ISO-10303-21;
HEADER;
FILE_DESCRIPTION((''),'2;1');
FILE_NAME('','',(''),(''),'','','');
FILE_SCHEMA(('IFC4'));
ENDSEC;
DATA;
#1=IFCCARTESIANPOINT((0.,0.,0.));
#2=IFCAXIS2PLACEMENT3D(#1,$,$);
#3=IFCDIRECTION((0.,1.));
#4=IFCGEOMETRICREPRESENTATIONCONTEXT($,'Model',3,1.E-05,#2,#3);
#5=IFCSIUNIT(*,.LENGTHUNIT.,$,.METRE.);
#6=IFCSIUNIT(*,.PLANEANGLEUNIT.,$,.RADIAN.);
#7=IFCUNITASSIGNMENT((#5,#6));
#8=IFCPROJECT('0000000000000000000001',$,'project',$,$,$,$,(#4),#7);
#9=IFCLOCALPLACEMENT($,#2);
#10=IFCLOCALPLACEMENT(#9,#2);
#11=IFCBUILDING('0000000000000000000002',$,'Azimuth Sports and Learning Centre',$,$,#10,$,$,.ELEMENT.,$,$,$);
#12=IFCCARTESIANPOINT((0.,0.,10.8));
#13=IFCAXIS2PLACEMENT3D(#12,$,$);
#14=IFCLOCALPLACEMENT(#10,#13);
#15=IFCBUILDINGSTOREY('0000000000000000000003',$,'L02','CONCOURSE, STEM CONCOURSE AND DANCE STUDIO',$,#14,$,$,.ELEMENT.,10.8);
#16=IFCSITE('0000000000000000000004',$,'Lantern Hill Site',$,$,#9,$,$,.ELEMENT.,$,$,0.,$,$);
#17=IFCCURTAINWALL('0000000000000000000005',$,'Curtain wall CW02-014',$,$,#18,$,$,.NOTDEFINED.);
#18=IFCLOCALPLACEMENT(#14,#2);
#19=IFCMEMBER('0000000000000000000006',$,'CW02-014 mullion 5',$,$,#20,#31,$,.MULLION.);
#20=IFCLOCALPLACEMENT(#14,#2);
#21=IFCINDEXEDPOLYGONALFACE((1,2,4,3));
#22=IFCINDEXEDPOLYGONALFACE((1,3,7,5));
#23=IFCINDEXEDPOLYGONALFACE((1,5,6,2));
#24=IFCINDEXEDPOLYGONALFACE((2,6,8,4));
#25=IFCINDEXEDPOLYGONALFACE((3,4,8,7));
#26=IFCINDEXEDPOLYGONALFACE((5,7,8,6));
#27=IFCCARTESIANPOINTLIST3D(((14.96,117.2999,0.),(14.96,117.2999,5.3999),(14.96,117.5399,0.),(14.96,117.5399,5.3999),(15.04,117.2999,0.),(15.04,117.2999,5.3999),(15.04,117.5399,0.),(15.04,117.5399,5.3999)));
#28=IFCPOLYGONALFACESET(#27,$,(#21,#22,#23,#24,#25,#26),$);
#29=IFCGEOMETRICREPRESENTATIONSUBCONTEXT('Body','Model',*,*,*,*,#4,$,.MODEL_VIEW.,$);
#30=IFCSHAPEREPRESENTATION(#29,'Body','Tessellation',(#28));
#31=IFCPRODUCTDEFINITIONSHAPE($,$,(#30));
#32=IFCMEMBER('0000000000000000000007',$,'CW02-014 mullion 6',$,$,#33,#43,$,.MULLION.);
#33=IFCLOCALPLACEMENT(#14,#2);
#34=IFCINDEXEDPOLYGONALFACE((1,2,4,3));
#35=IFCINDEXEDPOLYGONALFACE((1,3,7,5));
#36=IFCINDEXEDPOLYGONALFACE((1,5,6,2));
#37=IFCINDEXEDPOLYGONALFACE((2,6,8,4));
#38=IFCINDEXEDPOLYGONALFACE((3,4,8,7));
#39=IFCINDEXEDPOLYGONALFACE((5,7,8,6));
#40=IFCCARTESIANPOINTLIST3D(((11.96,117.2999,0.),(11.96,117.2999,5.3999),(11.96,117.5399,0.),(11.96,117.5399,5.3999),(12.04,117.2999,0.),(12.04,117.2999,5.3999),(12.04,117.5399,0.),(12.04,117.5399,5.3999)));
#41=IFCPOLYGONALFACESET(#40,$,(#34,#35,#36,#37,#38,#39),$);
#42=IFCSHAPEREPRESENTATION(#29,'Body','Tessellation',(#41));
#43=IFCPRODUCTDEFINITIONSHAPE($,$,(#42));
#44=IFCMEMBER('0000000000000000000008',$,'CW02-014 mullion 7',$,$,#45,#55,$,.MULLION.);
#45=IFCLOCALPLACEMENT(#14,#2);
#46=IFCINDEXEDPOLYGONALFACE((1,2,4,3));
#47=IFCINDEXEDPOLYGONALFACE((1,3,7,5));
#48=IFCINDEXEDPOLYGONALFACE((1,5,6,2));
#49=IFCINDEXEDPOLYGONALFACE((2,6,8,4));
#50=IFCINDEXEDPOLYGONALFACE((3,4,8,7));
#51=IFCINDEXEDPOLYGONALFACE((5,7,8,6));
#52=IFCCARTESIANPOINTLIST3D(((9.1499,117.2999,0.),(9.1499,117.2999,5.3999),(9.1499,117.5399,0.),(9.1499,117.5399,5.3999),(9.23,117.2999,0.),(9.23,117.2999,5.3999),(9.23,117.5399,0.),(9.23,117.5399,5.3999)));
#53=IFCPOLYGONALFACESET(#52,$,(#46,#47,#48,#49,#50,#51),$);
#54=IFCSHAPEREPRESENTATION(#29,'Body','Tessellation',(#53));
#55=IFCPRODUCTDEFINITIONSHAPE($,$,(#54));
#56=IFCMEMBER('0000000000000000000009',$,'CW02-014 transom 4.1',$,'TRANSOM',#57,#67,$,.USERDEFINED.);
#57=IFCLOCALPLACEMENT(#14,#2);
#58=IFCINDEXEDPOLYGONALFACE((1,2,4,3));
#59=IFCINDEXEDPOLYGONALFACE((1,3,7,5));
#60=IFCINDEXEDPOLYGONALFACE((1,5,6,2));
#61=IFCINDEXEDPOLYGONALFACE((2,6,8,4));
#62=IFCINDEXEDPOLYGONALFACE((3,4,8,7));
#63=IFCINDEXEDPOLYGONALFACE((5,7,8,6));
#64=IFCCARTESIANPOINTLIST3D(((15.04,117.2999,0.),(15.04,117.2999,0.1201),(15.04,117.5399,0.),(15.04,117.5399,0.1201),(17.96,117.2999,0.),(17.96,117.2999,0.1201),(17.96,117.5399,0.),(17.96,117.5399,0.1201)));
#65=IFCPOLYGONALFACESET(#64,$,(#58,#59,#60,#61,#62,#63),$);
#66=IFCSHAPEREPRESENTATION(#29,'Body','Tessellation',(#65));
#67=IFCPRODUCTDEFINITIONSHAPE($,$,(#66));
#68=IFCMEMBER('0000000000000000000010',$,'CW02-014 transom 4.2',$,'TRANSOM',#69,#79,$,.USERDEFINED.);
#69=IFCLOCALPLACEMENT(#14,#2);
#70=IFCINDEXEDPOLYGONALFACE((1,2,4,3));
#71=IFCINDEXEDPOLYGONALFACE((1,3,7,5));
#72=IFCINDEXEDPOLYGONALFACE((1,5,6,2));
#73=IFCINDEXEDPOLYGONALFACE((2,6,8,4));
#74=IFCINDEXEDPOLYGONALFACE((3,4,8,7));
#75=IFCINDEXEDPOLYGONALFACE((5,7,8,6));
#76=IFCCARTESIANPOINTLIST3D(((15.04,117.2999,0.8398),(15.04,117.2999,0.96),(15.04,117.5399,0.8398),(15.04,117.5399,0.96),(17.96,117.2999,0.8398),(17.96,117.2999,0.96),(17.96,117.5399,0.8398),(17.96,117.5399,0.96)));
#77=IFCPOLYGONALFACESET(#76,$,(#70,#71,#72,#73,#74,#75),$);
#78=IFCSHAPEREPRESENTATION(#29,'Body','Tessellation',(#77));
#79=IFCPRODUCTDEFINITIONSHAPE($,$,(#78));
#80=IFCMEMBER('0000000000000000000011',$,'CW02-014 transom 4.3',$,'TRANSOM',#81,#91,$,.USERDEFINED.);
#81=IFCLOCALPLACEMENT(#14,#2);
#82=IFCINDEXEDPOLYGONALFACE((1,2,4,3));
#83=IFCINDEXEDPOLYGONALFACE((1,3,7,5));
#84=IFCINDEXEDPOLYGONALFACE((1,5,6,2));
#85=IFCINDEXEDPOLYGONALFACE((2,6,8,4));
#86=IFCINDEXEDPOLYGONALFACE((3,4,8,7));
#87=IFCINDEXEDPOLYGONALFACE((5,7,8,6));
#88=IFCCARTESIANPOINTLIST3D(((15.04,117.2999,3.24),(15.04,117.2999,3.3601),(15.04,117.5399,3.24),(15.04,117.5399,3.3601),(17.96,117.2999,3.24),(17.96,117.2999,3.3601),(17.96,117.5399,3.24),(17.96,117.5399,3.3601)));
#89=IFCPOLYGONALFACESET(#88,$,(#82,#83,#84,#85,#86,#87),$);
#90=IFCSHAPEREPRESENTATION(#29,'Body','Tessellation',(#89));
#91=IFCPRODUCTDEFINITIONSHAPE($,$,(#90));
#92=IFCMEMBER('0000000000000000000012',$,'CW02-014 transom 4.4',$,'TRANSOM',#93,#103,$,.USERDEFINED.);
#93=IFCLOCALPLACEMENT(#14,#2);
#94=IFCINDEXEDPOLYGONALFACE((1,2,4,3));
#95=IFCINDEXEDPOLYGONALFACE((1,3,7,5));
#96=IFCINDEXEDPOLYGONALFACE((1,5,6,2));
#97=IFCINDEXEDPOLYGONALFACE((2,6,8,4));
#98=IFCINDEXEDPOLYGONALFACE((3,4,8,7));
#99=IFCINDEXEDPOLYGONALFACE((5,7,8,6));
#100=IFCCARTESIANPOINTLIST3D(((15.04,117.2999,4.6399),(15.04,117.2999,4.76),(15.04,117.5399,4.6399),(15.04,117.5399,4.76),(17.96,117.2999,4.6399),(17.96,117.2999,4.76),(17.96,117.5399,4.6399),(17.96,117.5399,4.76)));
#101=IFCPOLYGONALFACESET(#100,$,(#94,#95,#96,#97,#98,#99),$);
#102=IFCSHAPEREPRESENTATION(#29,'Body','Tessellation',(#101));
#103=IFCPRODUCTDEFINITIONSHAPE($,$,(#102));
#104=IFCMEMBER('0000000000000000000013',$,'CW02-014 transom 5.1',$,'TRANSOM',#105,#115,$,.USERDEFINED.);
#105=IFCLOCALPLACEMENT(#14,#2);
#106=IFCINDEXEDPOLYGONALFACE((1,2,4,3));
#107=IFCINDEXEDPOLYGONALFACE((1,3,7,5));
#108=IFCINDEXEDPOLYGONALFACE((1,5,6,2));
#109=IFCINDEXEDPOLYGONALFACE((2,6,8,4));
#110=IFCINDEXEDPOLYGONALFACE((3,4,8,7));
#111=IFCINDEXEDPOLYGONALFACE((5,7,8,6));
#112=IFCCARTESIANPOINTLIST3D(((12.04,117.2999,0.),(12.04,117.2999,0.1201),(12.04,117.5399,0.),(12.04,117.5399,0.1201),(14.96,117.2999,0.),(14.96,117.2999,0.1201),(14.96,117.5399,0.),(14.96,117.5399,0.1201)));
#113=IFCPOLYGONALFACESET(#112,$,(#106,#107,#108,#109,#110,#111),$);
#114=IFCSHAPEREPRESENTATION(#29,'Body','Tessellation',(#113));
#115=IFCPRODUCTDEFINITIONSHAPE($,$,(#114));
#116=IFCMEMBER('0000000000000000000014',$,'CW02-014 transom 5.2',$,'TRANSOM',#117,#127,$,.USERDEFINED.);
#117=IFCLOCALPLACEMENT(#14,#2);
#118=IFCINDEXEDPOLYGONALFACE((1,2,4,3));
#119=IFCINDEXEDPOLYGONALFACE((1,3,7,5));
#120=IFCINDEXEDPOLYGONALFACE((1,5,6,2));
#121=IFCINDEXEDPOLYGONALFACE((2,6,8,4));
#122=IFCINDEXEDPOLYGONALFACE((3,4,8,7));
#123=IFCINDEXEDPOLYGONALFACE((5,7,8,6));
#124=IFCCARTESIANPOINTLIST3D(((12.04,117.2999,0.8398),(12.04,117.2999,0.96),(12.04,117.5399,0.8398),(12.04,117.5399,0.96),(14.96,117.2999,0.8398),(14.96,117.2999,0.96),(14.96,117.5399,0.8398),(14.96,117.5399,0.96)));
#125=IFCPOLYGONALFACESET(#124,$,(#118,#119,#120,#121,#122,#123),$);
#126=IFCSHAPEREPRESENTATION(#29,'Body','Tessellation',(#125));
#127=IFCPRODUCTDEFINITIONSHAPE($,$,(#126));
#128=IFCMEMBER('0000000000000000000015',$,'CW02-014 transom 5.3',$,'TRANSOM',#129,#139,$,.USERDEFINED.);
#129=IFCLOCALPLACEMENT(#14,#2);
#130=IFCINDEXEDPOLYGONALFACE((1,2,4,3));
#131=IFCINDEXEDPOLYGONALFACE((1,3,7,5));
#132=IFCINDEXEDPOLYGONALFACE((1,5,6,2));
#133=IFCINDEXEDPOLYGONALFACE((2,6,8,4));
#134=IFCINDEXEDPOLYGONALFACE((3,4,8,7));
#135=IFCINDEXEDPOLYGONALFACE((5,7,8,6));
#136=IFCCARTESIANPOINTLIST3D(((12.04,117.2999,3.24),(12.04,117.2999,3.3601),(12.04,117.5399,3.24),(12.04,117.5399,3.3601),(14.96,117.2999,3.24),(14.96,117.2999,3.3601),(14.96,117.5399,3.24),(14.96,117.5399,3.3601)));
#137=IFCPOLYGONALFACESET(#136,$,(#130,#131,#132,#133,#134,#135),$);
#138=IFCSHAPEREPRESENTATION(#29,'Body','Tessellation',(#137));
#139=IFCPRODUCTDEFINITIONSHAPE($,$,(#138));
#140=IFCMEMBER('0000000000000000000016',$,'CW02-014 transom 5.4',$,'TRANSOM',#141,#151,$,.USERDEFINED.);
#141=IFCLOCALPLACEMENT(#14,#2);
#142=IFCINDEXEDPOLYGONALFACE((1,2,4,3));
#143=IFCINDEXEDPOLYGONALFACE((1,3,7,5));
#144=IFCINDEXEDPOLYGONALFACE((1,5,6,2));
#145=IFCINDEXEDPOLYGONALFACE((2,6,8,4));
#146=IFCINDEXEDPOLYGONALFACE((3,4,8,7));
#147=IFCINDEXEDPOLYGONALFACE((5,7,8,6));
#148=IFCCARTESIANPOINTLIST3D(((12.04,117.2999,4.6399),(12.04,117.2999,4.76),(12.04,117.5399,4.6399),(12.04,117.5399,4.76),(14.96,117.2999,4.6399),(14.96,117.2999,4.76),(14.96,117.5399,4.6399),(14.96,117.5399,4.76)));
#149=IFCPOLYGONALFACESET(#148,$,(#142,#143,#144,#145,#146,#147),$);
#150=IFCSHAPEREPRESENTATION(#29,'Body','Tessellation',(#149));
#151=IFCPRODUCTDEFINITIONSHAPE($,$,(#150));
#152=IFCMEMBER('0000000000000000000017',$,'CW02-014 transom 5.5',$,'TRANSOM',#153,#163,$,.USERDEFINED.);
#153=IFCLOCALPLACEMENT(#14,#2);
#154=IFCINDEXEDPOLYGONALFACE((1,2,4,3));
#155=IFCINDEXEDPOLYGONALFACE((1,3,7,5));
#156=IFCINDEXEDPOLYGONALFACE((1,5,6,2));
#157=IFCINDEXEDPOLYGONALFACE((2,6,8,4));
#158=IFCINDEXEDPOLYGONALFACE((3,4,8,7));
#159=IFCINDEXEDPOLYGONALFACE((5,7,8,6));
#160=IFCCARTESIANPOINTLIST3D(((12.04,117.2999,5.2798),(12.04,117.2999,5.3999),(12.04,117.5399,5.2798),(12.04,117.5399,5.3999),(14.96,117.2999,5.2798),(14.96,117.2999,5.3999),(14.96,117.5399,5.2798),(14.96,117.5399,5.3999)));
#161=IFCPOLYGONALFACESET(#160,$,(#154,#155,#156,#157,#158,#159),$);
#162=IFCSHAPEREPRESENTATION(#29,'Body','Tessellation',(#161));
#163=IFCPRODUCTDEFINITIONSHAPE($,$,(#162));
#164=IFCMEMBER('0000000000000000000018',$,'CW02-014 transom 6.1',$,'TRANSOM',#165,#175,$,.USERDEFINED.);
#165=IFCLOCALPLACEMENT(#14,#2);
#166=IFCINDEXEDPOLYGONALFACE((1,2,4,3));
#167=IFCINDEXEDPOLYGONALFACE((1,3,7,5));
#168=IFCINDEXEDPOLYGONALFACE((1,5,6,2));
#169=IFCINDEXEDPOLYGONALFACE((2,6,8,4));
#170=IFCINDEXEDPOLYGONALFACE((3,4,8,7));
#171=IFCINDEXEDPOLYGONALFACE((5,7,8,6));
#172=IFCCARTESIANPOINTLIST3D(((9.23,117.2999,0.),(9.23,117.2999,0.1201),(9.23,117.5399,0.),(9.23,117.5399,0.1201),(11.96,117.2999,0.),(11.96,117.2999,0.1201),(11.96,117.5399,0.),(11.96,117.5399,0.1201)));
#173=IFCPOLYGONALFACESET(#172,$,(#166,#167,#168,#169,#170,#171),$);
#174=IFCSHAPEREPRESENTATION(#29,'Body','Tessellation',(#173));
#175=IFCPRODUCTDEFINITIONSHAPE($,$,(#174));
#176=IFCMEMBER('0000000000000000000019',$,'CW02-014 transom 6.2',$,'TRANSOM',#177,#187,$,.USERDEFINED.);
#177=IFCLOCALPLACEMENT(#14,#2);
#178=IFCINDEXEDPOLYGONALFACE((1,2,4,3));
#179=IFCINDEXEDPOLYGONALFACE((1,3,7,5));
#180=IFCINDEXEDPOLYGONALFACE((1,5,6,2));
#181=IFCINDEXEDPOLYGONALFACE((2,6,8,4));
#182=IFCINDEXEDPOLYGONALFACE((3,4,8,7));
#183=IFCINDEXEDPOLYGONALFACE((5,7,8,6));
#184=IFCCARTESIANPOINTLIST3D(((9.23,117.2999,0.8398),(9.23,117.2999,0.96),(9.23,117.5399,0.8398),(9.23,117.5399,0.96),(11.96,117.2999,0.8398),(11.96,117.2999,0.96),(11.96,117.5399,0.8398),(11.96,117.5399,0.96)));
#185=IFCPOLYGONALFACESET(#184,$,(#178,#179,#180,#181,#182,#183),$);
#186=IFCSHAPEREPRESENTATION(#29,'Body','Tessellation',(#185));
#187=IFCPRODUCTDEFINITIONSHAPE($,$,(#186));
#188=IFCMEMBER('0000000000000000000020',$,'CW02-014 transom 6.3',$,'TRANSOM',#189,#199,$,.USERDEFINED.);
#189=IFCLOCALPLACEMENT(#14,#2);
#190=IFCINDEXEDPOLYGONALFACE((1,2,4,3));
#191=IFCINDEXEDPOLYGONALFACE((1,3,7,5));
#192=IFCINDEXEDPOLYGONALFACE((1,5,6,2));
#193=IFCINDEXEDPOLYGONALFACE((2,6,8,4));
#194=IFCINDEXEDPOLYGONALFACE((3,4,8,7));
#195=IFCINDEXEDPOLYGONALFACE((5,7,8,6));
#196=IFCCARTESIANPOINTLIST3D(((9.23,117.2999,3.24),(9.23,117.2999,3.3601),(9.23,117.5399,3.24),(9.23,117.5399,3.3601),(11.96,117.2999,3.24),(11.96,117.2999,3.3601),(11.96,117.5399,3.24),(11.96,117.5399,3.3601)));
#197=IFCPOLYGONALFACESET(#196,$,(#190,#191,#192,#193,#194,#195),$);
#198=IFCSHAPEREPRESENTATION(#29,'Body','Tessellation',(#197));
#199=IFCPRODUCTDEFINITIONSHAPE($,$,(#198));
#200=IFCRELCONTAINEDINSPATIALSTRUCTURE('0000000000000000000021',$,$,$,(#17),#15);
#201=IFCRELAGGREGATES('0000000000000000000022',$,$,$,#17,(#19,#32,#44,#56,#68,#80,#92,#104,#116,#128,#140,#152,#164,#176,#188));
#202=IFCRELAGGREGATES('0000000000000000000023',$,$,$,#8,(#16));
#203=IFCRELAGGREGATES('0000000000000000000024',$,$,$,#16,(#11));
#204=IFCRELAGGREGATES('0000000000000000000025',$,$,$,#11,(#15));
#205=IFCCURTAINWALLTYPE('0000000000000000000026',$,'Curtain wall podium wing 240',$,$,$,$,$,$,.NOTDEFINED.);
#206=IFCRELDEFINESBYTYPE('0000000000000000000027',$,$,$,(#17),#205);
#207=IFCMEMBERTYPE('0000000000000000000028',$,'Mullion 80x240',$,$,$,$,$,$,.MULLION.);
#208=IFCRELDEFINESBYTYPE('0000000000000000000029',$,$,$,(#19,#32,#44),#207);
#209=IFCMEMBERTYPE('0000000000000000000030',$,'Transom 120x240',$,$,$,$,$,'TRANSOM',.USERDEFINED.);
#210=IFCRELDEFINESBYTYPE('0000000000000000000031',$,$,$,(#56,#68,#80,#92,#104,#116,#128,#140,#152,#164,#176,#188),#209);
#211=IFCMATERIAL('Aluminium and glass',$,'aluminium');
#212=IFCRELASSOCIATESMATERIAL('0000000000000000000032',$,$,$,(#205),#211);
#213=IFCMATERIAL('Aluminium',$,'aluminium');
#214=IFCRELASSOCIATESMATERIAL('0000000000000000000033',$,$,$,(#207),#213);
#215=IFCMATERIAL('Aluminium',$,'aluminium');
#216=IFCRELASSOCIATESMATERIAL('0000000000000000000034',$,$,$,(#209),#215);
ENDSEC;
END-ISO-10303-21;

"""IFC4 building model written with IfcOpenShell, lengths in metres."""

from ifc_helpers import new_model, si_unit, direction, frame, origin, origin_2d, place, context, subcontext, project, spatial, rectangle, extrude, material, material_profile, profile_set, type_object, element, aggregate, save


model = new_model("IFC4")

# Units and contexts
model_context = context("Model", 3, precision=1e-05, world=origin(), true_north=direction((0.0, 1.0)))
body_context = subcontext(model_context, "Body", "Model", "MODEL_VIEW")
ifc_project = project(units=[si_unit("LENGTHUNIT", "METRE"), si_unit("PLANEANGLEUNIT", "RADIAN")], contexts=[model_context])

# Site, building, storey
site_placement = place(None, origin())
site = spatial("IfcSite", under=ifc_project, at=site_placement, Name="Lantern Hill Site", CompositionType="ELEMENT", RefElevation=0.0)
building_placement = place(site_placement, origin())
building = spatial("IfcBuilding", under=site, at=building_placement, Name="Azimuth Sports and Learning Centre", CompositionType="ELEMENT")
storey_placement = place(building_placement, frame((0.0, 0.0, 10.8)))
storey = spatial("IfcBuildingStorey", under=building, at=storey_placement, Name="L02", Description="CONCOURSE, STEM CONCOURSE AND DANCE STUDIO", CompositionType="ELEMENT", Elevation=10.8)

# Curtain wall, members
ifc_material_1 = material(Name="Aluminium and glass", Category="aluminium")
curtain_wall_type = type_object("IfcCurtainWallType", Name="Curtain wall podium wing 240", PredefinedType="NOTDEFINED", material=ifc_material_1)
curtain_wall_placement = place(storey_placement, origin())
curtain_wall = element("IfcCurtainWall", 1, at=curtain_wall_placement, inside=storey, type_object=curtain_wall_type, Name="Curtain wall CW02-014", PredefinedType="NOTDEFINED")
ifc_material_2 = material(Name="Aluminium", Category="aluminium")
ifc_material_profile_1 = material_profile(ifc_material_2, rectangle(XDim=0.24, YDim=0.0801, at=origin_2d()), Name="Mullion 80x240")
ifc_profile_set_1 = profile_set([ifc_material_profile_1], Name="Aluminium")
member_type_1 = type_object("IfcMemberType", Name="Mullion 80x240", PredefinedType="MULLION", material=ifc_profile_set_1)
member_1_placement = place(storey_placement, frame((15.0, 117.4199, 0.0), z_axis=(0.0, 0.0, 1.0), x_axis=(0.0, -1.0, 0.0)))
member_1 = element("IfcMember", 2, at=member_1_placement, type_object=member_type_1, Name="CW02-014 mullion 5", PredefinedType="MULLION", context=body_context, shape_type="SweptSolid", body=[
    extrude(rectangle(XDim=0.24, YDim=0.0801, at=origin_2d()), origin(), (0.0, 0.0, 1.0), 5.3999),
])
member_2_placement = place(storey_placement, frame((12.0, 117.4199, 0.0), z_axis=(0.0, 0.0, 1.0), x_axis=(0.0, -1.0, 0.0)))
member_2 = element("IfcMember", 3, at=member_2_placement, type_object=member_type_1, Name="CW02-014 mullion 6", PredefinedType="MULLION", context=body_context, shape_type="SweptSolid", body=[
    extrude(rectangle(XDim=0.24, YDim=0.0801, at=origin_2d()), origin(), (0.0, 0.0, 1.0), 5.3999),
])
member_3_placement = place(storey_placement, frame((9.1899, 117.4199, 0.0), z_axis=(0.0, 0.0, 1.0), x_axis=(0.0, -1.0, 0.0)))
member_3 = element("IfcMember", 4, at=member_3_placement, type_object=member_type_1, Name="CW02-014 mullion 7", PredefinedType="MULLION", context=body_context, shape_type="SweptSolid", body=[
    extrude(rectangle(XDim=0.24, YDim=0.0801, at=origin_2d()), origin(), (0.0, 0.0, 1.0), 5.3999),
])
ifc_material_3 = material(Name="Aluminium", Category="aluminium")
ifc_material_profile_2 = material_profile(ifc_material_3, rectangle(XDim=0.24, YDim=0.1201, at=origin_2d()), Name="Transom 120x240")
ifc_profile_set_2 = profile_set([ifc_material_profile_2], Name="Aluminium")
member_type_2 = type_object("IfcMemberType", Name="Transom 120x240", ElementType="TRANSOM", PredefinedType="USERDEFINED", material=ifc_profile_set_2)
member_4_placement = place(storey_placement, frame((17.96, 117.4199, 0.0601), z_axis=(-1.0, 0.0, 0.0), x_axis=(0.0, -1.0, 0.0)))
member_4 = element("IfcMember", 5, at=member_4_placement, type_object=member_type_2, Name="CW02-014 transom 4.1", ObjectType="TRANSOM", PredefinedType="USERDEFINED", context=body_context, shape_type="SweptSolid", body=[
    extrude(rectangle(XDim=0.24, YDim=0.1201, at=origin_2d()), origin(), (0.0, 0.0, 1.0), 2.9199),
])
member_5_placement = place(storey_placement, frame((17.96, 117.4199, 0.8999), z_axis=(-1.0, 0.0, 0.0), x_axis=(0.0, -1.0, 0.0)))
member_5 = element("IfcMember", 6, at=member_5_placement, type_object=member_type_2, Name="CW02-014 transom 4.2", ObjectType="TRANSOM", PredefinedType="USERDEFINED", context=body_context, shape_type="SweptSolid", body=[
    extrude(rectangle(XDim=0.24, YDim=0.1201, at=origin_2d()), origin(), (0.0, 0.0, 1.0), 2.9199),
])
member_6_placement = place(storey_placement, frame((17.96, 117.4199, 3.3), z_axis=(-1.0, 0.0, 0.0), x_axis=(0.0, -1.0, 0.0)))
member_6 = element("IfcMember", 7, at=member_6_placement, type_object=member_type_2, Name="CW02-014 transom 4.3", ObjectType="TRANSOM", PredefinedType="USERDEFINED", context=body_context, shape_type="SweptSolid", body=[
    extrude(rectangle(XDim=0.24, YDim=0.1201, at=origin_2d()), origin(), (0.0, 0.0, 1.0), 2.9199),
])
member_7_placement = place(storey_placement, frame((17.96, 117.4199, 4.7), z_axis=(-1.0, 0.0, 0.0), x_axis=(0.0, -1.0, 0.0)))
member_7 = element("IfcMember", 8, at=member_7_placement, type_object=member_type_2, Name="CW02-014 transom 4.4", ObjectType="TRANSOM", PredefinedType="USERDEFINED", context=body_context, shape_type="SweptSolid", body=[
    extrude(rectangle(XDim=0.24, YDim=0.1201, at=origin_2d()), origin(), (0.0, 0.0, 1.0), 2.9199),
])
member_8_placement = place(storey_placement, frame((14.96, 117.4199, 0.0601), z_axis=(-1.0, 0.0, 0.0), x_axis=(0.0, -1.0, 0.0)))
member_8 = element("IfcMember", 9, at=member_8_placement, type_object=member_type_2, Name="CW02-014 transom 5.1", ObjectType="TRANSOM", PredefinedType="USERDEFINED", context=body_context, shape_type="SweptSolid", body=[
    extrude(rectangle(XDim=0.24, YDim=0.1201, at=origin_2d()), origin(), (0.0, 0.0, 1.0), 2.9199),
])
member_9_placement = place(storey_placement, frame((14.96, 117.4199, 0.8999), z_axis=(-1.0, 0.0, 0.0), x_axis=(0.0, -1.0, 0.0)))
member_9 = element("IfcMember", 10, at=member_9_placement, type_object=member_type_2, Name="CW02-014 transom 5.2", ObjectType="TRANSOM", PredefinedType="USERDEFINED", context=body_context, shape_type="SweptSolid", body=[
    extrude(rectangle(XDim=0.24, YDim=0.1201, at=origin_2d()), origin(), (0.0, 0.0, 1.0), 2.9199),
])
member_10_placement = place(storey_placement, frame((14.96, 117.4199, 3.3), z_axis=(-1.0, 0.0, 0.0), x_axis=(0.0, -1.0, 0.0)))
member_10 = element("IfcMember", 11, at=member_10_placement, type_object=member_type_2, Name="CW02-014 transom 5.3", ObjectType="TRANSOM", PredefinedType="USERDEFINED", context=body_context, shape_type="SweptSolid", body=[
    extrude(rectangle(XDim=0.24, YDim=0.1201, at=origin_2d()), origin(), (0.0, 0.0, 1.0), 2.9199),
])
member_11_placement = place(storey_placement, frame((14.96, 117.4199, 4.7), z_axis=(-1.0, 0.0, 0.0), x_axis=(0.0, -1.0, 0.0)))
member_11 = element("IfcMember", 12, at=member_11_placement, type_object=member_type_2, Name="CW02-014 transom 5.4", ObjectType="TRANSOM", PredefinedType="USERDEFINED", context=body_context, shape_type="SweptSolid", body=[
    extrude(rectangle(XDim=0.24, YDim=0.1201, at=origin_2d()), origin(), (0.0, 0.0, 1.0), 2.9199),
])
member_12_placement = place(storey_placement, frame((14.96, 117.4199, 5.3398), z_axis=(-1.0, 0.0, 0.0), x_axis=(0.0, -1.0, 0.0)))
member_12 = element("IfcMember", 13, at=member_12_placement, type_object=member_type_2, Name="CW02-014 transom 5.5", ObjectType="TRANSOM", PredefinedType="USERDEFINED", context=body_context, shape_type="SweptSolid", body=[
    extrude(rectangle(XDim=0.24, YDim=0.1201, at=origin_2d()), origin(), (0.0, 0.0, 1.0), 2.9199),
])
member_13_placement = place(storey_placement, frame((11.96, 117.4199, 0.0601), z_axis=(-1.0, 0.0, 0.0), x_axis=(0.0, -1.0, 0.0)))
member_13 = element("IfcMember", 14, at=member_13_placement, type_object=member_type_2, Name="CW02-014 transom 6.1", ObjectType="TRANSOM", PredefinedType="USERDEFINED", context=body_context, shape_type="SweptSolid", body=[
    extrude(rectangle(XDim=0.24, YDim=0.1201, at=origin_2d()), origin(), (0.0, 0.0, 1.0), 2.73),
])
member_14_placement = place(storey_placement, frame((11.96, 117.4199, 0.8999), z_axis=(-1.0, 0.0, 0.0), x_axis=(0.0, -1.0, 0.0)))
member_14 = element("IfcMember", 15, at=member_14_placement, type_object=member_type_2, Name="CW02-014 transom 6.2", ObjectType="TRANSOM", PredefinedType="USERDEFINED", context=body_context, shape_type="SweptSolid", body=[
    extrude(rectangle(XDim=0.24, YDim=0.1201, at=origin_2d()), origin(), (0.0, 0.0, 1.0), 2.73),
])
member_15_placement = place(storey_placement, frame((11.96, 117.4199, 3.3), z_axis=(-1.0, 0.0, 0.0), x_axis=(0.0, -1.0, 0.0)))
member_15 = element("IfcMember", 16, at=member_15_placement, type_object=member_type_2, Name="CW02-014 transom 6.3", ObjectType="TRANSOM", PredefinedType="USERDEFINED", context=body_context, shape_type="SweptSolid", body=[
    extrude(rectangle(XDim=0.24, YDim=0.1201, at=origin_2d()), origin(), (0.0, 0.0, 1.0), 2.73),
])
aggregate(curtain_wall, [member_1, member_2, member_3, member_4, member_5, member_6, member_7, member_8, member_9, member_10, member_11, member_12, member_13, member_14, member_15])

save(model, "model.ifc")
